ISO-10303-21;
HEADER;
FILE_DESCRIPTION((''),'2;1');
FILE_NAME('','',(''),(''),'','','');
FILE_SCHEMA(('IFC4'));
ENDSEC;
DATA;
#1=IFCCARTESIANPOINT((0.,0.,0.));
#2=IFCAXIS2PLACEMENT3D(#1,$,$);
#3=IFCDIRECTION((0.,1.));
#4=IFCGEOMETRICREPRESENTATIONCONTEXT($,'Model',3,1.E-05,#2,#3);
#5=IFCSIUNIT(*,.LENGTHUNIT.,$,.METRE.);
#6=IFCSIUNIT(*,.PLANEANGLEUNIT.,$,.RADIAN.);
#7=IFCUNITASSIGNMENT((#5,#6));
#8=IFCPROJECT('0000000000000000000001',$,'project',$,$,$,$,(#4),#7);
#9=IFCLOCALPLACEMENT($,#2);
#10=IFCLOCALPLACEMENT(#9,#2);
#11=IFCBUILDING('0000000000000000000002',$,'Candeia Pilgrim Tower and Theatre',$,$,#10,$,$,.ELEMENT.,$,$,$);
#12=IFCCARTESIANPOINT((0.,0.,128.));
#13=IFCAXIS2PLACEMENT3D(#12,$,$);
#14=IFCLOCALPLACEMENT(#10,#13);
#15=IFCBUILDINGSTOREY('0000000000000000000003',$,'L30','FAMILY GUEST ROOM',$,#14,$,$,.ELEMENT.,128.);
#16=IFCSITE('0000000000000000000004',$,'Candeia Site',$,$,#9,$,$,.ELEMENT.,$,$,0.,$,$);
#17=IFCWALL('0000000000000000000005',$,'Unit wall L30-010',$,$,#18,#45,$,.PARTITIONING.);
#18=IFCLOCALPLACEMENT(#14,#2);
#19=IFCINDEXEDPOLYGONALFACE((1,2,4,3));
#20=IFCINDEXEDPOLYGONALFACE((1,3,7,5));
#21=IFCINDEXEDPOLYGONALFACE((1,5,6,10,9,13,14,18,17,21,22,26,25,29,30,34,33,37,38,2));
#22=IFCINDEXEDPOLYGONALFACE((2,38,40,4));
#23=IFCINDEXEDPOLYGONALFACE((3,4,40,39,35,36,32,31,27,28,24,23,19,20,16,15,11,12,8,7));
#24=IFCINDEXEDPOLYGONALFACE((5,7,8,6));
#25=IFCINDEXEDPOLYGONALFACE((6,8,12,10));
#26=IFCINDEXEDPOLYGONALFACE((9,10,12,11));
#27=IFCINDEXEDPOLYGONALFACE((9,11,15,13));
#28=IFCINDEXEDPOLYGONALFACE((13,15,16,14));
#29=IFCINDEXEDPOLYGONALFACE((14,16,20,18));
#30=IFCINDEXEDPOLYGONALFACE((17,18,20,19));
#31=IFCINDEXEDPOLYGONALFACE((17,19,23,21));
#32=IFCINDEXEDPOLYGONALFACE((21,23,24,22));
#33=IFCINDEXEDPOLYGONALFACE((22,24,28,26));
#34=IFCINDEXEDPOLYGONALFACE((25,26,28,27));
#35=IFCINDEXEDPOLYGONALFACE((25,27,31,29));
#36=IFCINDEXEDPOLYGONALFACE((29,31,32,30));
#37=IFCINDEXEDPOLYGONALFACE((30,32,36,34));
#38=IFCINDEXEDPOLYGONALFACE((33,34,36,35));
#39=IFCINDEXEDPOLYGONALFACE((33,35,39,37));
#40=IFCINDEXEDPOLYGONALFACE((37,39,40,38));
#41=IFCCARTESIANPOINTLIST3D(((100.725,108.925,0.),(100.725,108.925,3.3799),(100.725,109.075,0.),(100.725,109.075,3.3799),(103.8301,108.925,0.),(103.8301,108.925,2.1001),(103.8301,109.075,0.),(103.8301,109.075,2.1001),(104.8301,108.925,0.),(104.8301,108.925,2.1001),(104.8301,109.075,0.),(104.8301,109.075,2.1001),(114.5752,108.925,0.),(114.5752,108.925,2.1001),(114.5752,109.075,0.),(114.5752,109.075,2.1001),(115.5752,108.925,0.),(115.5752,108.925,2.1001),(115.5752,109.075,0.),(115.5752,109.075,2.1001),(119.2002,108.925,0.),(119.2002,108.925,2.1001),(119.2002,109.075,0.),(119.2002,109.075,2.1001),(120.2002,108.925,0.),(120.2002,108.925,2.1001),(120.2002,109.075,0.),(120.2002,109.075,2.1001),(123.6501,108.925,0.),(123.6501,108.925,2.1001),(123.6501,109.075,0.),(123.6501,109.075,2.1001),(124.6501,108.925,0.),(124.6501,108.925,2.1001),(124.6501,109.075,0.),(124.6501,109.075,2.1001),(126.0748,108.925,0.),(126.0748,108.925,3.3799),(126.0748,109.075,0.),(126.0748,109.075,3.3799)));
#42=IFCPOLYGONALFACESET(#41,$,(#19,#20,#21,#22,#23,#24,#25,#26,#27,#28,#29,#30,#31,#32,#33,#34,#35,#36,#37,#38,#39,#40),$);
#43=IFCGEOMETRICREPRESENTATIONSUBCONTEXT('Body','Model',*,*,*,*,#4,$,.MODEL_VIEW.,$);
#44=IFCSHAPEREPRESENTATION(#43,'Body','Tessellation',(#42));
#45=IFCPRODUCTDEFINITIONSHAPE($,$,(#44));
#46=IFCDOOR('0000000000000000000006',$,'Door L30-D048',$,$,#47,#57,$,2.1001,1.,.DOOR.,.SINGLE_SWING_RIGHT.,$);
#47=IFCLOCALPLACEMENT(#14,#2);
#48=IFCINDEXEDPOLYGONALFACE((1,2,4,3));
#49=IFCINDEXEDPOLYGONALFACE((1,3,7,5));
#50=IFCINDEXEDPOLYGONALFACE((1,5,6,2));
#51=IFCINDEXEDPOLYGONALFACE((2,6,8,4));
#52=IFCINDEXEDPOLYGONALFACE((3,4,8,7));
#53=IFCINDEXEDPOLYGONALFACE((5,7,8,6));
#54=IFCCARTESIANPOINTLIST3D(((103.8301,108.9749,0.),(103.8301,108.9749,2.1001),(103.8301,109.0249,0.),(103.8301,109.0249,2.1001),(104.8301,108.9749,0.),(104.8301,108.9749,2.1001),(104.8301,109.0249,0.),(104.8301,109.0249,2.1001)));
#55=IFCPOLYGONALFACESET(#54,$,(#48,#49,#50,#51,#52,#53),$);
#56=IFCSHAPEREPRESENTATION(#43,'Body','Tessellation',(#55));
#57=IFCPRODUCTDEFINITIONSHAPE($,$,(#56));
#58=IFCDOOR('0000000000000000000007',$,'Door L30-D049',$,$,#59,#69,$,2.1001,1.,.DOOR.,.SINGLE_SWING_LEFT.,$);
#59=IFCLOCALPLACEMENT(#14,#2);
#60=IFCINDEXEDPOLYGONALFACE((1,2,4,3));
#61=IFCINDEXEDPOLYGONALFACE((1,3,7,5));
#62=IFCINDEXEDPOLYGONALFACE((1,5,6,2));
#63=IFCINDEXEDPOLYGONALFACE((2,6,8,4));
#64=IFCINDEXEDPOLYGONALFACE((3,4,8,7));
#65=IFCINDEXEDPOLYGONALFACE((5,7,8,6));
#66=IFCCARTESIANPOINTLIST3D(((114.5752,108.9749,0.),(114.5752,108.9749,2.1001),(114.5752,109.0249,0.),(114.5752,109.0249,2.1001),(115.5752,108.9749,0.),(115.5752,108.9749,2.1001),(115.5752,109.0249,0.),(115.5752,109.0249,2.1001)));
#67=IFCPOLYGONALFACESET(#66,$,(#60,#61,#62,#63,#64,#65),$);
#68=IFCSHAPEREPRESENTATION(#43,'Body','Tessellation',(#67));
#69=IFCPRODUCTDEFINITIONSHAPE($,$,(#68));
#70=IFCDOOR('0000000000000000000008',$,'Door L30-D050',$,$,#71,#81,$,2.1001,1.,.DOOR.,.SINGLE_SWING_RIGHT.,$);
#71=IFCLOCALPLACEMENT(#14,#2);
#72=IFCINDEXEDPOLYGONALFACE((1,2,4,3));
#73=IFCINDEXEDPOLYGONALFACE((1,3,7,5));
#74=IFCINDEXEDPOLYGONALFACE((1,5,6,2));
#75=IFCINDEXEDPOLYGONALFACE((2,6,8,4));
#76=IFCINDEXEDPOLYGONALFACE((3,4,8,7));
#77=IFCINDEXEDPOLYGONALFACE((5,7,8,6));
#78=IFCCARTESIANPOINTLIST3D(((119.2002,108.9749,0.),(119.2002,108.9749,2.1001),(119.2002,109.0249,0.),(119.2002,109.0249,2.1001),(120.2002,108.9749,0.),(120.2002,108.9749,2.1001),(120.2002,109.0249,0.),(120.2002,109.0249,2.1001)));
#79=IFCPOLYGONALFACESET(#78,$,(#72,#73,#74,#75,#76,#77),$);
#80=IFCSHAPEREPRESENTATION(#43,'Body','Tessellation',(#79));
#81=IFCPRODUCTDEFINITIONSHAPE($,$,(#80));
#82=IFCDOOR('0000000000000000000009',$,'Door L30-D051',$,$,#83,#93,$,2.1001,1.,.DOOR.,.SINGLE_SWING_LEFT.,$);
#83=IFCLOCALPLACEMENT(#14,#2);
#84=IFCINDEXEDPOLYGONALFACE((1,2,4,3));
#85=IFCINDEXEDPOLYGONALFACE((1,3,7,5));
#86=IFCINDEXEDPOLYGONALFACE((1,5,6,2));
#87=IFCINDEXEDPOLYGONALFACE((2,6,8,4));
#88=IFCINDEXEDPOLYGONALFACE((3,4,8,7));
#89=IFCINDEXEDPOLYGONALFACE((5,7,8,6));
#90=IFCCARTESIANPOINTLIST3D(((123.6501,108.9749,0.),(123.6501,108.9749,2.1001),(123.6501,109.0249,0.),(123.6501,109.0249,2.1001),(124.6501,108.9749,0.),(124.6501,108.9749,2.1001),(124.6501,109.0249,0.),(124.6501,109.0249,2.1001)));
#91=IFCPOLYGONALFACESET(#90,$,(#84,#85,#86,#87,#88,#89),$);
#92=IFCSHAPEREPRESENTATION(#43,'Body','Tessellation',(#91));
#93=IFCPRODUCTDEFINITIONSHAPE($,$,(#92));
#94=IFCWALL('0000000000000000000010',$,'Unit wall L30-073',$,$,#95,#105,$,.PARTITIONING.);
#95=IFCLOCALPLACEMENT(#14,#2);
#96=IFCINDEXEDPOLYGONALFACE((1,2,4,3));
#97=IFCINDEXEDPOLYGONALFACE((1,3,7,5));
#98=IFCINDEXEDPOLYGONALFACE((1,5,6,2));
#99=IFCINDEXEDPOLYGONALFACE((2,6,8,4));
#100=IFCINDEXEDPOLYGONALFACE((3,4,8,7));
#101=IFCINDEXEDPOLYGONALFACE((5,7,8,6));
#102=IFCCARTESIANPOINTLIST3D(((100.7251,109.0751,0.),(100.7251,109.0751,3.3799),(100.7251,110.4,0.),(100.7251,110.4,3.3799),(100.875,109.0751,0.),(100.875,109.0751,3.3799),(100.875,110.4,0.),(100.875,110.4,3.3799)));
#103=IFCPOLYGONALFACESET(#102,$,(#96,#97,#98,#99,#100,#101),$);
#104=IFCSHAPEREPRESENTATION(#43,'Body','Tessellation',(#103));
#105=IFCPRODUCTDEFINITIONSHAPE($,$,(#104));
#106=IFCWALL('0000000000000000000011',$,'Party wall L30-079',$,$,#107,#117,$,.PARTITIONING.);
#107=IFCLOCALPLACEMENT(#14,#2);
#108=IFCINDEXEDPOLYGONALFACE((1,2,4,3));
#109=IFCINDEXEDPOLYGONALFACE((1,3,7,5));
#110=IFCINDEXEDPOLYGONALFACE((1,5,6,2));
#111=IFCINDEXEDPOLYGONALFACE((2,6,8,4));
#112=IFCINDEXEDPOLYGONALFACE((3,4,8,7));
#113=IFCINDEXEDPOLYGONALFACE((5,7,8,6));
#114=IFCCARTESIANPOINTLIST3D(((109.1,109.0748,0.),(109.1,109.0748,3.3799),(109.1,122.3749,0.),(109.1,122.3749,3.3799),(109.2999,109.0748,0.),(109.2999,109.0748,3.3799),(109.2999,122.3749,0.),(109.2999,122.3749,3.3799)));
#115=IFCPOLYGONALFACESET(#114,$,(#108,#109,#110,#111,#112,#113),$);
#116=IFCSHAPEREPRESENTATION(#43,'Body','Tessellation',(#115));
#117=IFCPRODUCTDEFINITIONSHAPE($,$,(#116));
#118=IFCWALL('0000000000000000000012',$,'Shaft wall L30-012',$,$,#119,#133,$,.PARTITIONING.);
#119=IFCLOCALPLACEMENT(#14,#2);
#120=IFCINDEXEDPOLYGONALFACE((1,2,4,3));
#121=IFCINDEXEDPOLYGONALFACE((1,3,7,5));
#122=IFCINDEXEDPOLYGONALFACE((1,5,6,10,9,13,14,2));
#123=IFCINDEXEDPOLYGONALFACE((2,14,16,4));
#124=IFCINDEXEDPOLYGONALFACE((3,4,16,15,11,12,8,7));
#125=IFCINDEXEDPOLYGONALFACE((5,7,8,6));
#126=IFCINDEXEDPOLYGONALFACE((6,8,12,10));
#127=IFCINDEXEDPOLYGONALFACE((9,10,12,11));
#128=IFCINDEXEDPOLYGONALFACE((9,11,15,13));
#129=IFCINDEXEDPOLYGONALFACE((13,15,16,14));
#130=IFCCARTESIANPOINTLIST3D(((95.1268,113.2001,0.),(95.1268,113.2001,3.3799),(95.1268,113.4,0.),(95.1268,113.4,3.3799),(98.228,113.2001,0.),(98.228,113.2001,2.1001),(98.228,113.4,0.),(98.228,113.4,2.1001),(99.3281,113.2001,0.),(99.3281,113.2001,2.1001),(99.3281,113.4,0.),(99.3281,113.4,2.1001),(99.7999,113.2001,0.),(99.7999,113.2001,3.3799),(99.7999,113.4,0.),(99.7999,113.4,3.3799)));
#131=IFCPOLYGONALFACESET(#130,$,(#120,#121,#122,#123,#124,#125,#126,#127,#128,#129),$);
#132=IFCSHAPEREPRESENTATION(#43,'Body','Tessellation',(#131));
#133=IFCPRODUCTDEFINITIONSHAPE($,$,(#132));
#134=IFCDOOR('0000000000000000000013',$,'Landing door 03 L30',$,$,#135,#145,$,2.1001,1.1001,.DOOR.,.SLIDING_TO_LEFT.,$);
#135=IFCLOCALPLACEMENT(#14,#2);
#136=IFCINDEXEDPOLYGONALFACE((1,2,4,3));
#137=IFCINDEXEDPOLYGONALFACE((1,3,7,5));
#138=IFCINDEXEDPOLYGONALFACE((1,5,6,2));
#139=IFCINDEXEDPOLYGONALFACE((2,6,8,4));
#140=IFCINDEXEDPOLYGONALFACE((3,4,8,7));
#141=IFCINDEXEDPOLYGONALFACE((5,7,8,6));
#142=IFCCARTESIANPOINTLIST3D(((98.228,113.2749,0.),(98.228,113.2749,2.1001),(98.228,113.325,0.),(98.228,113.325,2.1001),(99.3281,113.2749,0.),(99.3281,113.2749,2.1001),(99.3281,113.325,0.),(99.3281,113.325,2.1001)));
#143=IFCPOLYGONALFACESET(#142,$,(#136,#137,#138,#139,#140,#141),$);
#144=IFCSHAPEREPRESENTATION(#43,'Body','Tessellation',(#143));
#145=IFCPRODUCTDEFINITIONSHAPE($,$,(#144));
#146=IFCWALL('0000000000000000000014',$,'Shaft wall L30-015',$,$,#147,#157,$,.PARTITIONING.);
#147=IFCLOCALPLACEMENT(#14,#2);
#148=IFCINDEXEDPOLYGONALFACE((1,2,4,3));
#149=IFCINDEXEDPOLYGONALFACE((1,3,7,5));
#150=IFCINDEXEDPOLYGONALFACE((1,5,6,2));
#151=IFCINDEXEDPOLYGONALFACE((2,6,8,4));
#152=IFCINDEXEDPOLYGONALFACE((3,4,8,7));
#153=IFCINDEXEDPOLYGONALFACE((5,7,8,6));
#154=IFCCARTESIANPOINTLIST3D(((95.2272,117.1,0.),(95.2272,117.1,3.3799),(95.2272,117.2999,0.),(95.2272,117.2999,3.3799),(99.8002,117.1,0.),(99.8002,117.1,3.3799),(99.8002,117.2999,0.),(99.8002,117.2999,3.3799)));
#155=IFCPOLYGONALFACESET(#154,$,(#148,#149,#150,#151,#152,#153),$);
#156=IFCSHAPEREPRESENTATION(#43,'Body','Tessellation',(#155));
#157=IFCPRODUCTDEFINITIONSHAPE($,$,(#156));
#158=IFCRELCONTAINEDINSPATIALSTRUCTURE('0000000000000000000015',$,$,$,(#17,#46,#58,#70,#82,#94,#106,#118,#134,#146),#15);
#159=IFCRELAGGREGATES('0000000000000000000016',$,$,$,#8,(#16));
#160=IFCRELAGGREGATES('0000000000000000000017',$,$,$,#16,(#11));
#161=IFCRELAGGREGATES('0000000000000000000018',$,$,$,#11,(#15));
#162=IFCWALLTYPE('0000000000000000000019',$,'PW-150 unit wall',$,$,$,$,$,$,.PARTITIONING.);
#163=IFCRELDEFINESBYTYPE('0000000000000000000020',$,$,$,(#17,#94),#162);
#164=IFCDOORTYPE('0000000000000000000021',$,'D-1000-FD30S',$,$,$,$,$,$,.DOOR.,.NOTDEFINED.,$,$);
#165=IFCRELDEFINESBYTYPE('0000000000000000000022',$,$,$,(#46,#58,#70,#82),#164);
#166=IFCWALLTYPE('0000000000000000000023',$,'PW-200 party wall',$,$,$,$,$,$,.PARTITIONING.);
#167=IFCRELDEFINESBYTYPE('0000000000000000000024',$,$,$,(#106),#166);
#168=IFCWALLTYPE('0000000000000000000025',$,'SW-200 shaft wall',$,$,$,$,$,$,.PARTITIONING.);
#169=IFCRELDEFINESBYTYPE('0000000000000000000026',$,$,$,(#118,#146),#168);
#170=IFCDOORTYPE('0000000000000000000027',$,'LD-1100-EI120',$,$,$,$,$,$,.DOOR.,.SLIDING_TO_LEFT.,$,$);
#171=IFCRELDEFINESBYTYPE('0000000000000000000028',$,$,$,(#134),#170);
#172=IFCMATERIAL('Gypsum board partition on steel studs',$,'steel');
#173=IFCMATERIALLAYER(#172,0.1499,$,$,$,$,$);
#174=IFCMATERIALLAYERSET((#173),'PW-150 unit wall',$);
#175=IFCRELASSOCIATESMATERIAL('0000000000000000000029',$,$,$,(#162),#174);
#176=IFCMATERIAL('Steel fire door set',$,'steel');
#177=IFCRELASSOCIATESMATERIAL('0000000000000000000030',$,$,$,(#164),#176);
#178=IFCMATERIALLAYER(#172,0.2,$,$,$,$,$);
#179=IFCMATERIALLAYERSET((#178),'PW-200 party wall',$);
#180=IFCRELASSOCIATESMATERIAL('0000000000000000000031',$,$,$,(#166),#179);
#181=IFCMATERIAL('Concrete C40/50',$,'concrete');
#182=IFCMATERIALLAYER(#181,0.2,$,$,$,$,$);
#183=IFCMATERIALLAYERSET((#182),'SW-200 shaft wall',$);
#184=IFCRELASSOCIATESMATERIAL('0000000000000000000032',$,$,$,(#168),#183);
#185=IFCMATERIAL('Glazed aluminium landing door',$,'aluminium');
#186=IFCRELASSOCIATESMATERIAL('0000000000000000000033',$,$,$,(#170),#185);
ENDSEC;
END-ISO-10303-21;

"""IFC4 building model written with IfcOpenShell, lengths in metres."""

from ifc_helpers import new_model, si_unit, direction, frame, frame_2d, origin, place, context, subcontext, project, spatial, rectangle, extrude, material, layer, layer_set, type_object, element, fill, save


model = new_model("IFC4")

# Units and contexts
model_context = context("Model", 3, precision=1e-05, world=origin(), true_north=direction((0.0, 1.0)))
body_context = subcontext(model_context, "Body", "Model", "MODEL_VIEW")
ifc_project = project(units=[si_unit("LENGTHUNIT", "METRE"), si_unit("PLANEANGLEUNIT", "RADIAN")], contexts=[model_context])

# Site, building, storey
site_placement = place(None, origin())
site = spatial("IfcSite", under=ifc_project, at=site_placement, Name="Candeia Site", CompositionType="ELEMENT", RefElevation=0.0)
building_placement = place(site_placement, origin())
building = spatial("IfcBuilding", under=site, at=building_placement, Name="Candeia Pilgrim Tower and Theatre", CompositionType="ELEMENT")
storey_placement = place(building_placement, frame((0.0, 0.0, 128.0)))
storey = spatial("IfcBuildingStorey", under=building, at=storey_placement, Name="L30", Description="FAMILY GUEST ROOM", CompositionType="ELEMENT", Elevation=128.0)

# Shared definitions
ifc_material_1 = material(Name="Steel fire door set", Category="steel")

# Shared definitions
ifc_material_2 = material(Name="Gypsum board partition on steel studs", Category="steel")

# Wall, openings, doors
ifc_layer_1 = layer(ifc_material_2, 0.1499)
ifc_layer_set_1 = layer_set([ifc_layer_1], Name="PW-150 unit wall")
wall_type_1 = type_object("IfcWallType", Name="PW-150 unit wall", PredefinedType="PARTITIONING", material=ifc_layer_set_1)
wall_1_placement = place(storey_placement, frame((100.7251, 109.0, 0.0), z_axis=(0.0, 0.0, 1.0), x_axis=(1.0, 0.0, 0.0)))
wall_1 = element("IfcWall", 1, at=wall_1_placement, inside=storey, type_object=wall_type_1, Name="Unit wall L30-010", PredefinedType="PARTITIONING", context=body_context, shape_type="SweptSolid", body=[
    extrude(rectangle(XDim=25.3499, YDim=0.1499, at=frame_2d((12.6748, 0.0))), origin(), (0.0, 0.0, 1.0), 3.3799),
])
opening_1_placement = place(wall_1_placement, frame((3.105, 0.0, 0.0)))
opening_1 = element("IfcOpeningElement", 2, at=opening_1_placement, cuts=wall_1, PredefinedType="OPENING", context=body_context, shape_type="SweptSolid", body=[
    extrude(rectangle(XDim=1.0, YDim=2.1001, at=frame_2d((0.5, 1.05))), frame((0.0, 0.085, 0.0), z_axis=(0.0, -1.0, 0.0), x_axis=(1.0, 0.0, 0.0)), (0.0, 0.0, 1.0), 0.1699),
])
opening_2_placement = place(wall_1_placement, frame((13.8501, 0.0, 0.0)))
opening_2 = element("IfcOpeningElement", 3, at=opening_2_placement, cuts=wall_1, PredefinedType="OPENING", context=body_context, shape_type="SweptSolid", body=[
    extrude(rectangle(XDim=1.0, YDim=2.1001, at=frame_2d((0.5, 1.05))), frame((0.0, 0.085, 0.0), z_axis=(0.0, -1.0, 0.0), x_axis=(1.0, 0.0, 0.0)), (0.0, 0.0, 1.0), 0.1699),
])
opening_3_placement = place(wall_1_placement, frame((18.4751, 0.0, 0.0)))
opening_3 = element("IfcOpeningElement", 4, at=opening_3_placement, cuts=wall_1, PredefinedType="OPENING", context=body_context, shape_type="SweptSolid", body=[
    extrude(rectangle(XDim=1.0, YDim=2.1001, at=frame_2d((0.5, 1.05))), frame((0.0, 0.085, 0.0), z_axis=(0.0, -1.0, 0.0), x_axis=(1.0, 0.0, 0.0)), (0.0, 0.0, 1.0), 0.1699),
])
opening_4_placement = place(wall_1_placement, frame((22.925, 0.0, 0.0)))
opening_4 = element("IfcOpeningElement", 5, at=opening_4_placement, cuts=wall_1, PredefinedType="OPENING", context=body_context, shape_type="SweptSolid", body=[
    extrude(rectangle(XDim=1.0, YDim=2.1001, at=frame_2d((0.5, 1.05))), frame((0.0, 0.085, 0.0), z_axis=(0.0, -1.0, 0.0), x_axis=(1.0, 0.0, 0.0)), (0.0, 0.0, 1.0), 0.1699),
])
door_type_1 = type_object("IfcDoorType", Name="D-1000-FD30S", OperationType="NOTDEFINED", PredefinedType="DOOR", material=ifc_material_1)
door_1_placement = place(opening_1_placement, origin())
door_1 = element("IfcDoor", 6, at=door_1_placement, inside=storey, type_object=door_type_1, Name="Door L30-D048", OperationType="SINGLE_SWING_RIGHT", OverallHeight=2.1001, OverallWidth=1.0, PredefinedType="DOOR", context=body_context, shape_type="SweptSolid", body=[
    extrude(rectangle(XDim=1.0, YDim=2.1001, at=frame_2d((0.5, 1.05))), frame((0.0, 0.0249, 0.0), z_axis=(0.0, -1.0, 0.0), x_axis=(1.0, 0.0, 0.0)), (0.0, 0.0, 1.0), 0.05),
])
fill(opening_1, door_1)
door_2_placement = place(opening_2_placement, origin())
door_2 = element("IfcDoor", 7, at=door_2_placement, inside=storey, type_object=door_type_1, Name="Door L30-D049", OperationType="SINGLE_SWING_LEFT", OverallHeight=2.1001, OverallWidth=1.0, PredefinedType="DOOR", context=body_context, shape_type="SweptSolid", body=[
    extrude(rectangle(XDim=1.0, YDim=2.1001, at=frame_2d((0.5, 1.05))), frame((0.0, 0.0249, 0.0), z_axis=(0.0, -1.0, 0.0), x_axis=(1.0, 0.0, 0.0)), (0.0, 0.0, 1.0), 0.05),
])
fill(opening_2, door_2)
door_3_placement = place(opening_3_placement, origin())
door_3 = element("IfcDoor", 8, at=door_3_placement, inside=storey, type_object=door_type_1, Name="Door L30-D050", OperationType="SINGLE_SWING_RIGHT", OverallHeight=2.1001, OverallWidth=1.0, PredefinedType="DOOR", context=body_context, shape_type="SweptSolid", body=[
    extrude(rectangle(XDim=1.0, YDim=2.1001, at=frame_2d((0.5, 1.05))), frame((0.0, 0.0249, 0.0), z_axis=(0.0, -1.0, 0.0), x_axis=(1.0, 0.0, 0.0)), (0.0, 0.0, 1.0), 0.05),
])
fill(opening_3, door_3)
door_4_placement = place(opening_4_placement, origin())
door_4 = element("IfcDoor", 9, at=door_4_placement, inside=storey, type_object=door_type_1, Name="Door L30-D051", OperationType="SINGLE_SWING_LEFT", OverallHeight=2.1001, OverallWidth=1.0, PredefinedType="DOOR", context=body_context, shape_type="SweptSolid", body=[
    extrude(rectangle(XDim=1.0, YDim=2.1001, at=frame_2d((0.5, 1.05))), frame((0.0, 0.0249, 0.0), z_axis=(0.0, -1.0, 0.0), x_axis=(1.0, 0.0, 0.0)), (0.0, 0.0, 1.0), 0.05),
])
fill(opening_4, door_4)

# Walls
wall_2_placement = place(storey_placement, frame((100.8, 109.075, 0.0), z_axis=(0.0, 0.0, 1.0), x_axis=(0.0, 1.0, 0.0)))
element("IfcWall", 10, at=wall_2_placement, inside=storey, type_object=wall_type_1, Name="Unit wall L30-073", PredefinedType="PARTITIONING", context=body_context, shape_type="SweptSolid", body=[
    extrude(rectangle(XDim=1.325, YDim=0.1499, at=frame_2d((0.6626, 0.0))), origin(), (0.0, 0.0, 1.0), 3.3799),
])
ifc_layer_2 = layer(ifc_material_2, 0.2)
ifc_layer_set_2 = layer_set([ifc_layer_2], Name="PW-200 party wall")
wall_type_2 = type_object("IfcWallType", Name="PW-200 party wall", PredefinedType="PARTITIONING", material=ifc_layer_set_2)
wall_3_placement = place(storey_placement, frame((109.2, 109.075, 0.0), z_axis=(0.0, 0.0, 1.0), x_axis=(0.0, 1.0, 0.0)))
element("IfcWall", 11, at=wall_3_placement, inside=storey, type_object=wall_type_2, Name="Party wall L30-079", PredefinedType="PARTITIONING", context=body_context, shape_type="SweptSolid", body=[
    extrude(rectangle(XDim=13.3, YDim=0.2, at=frame_2d((6.6499, 0.0))), origin(), (0.0, 0.0, 1.0), 3.3799),
])

# Wall, opening, door
ifc_material_3 = material(Name="Concrete C40/50", Category="concrete")
ifc_layer_3 = layer(ifc_material_3, 0.2)
ifc_layer_set_3 = layer_set([ifc_layer_3], Name="SW-200 shaft wall")
wall_type_3 = type_object("IfcWallType", Name="SW-200 shaft wall", PredefinedType="PARTITIONING", material=ifc_layer_set_3)
wall_4_placement = place(storey_placement, frame((95.127, 113.3, 0.0), z_axis=(0.0, 0.0, 1.0), x_axis=(1.0, 0.0, 0.0)))
wall_4 = element("IfcWall", 12, at=wall_4_placement, inside=storey, type_object=wall_type_3, Name="Shaft wall L30-012", PredefinedType="PARTITIONING", context=body_context, shape_type="SweptSolid", body=[
    extrude(rectangle(XDim=4.6731, YDim=0.2, at=frame_2d((2.3364, 0.0))), origin(), (0.0, 0.0, 1.0), 3.3799),
])
opening_5_placement = place(wall_4_placement, frame((3.1011, 0.0, 0.0)))
opening_5 = element("IfcOpeningElement", 13, at=opening_5_placement, cuts=wall_4, PredefinedType="OPENING", context=body_context, shape_type="SweptSolid", body=[
    extrude(rectangle(XDim=1.1001, YDim=2.1001, at=frame_2d((0.55, 1.05))), frame((0.0, 0.1099, 0.0), z_axis=(0.0, -1.0, 0.0), x_axis=(1.0, 0.0, 0.0)), (0.0, 0.0, 1.0), 0.22),
])
ifc_material_4 = material(Name="Glazed aluminium landing door", Category="aluminium")
door_type_2 = type_object("IfcDoorType", Name="LD-1100-EI120", OperationType="SLIDING_TO_LEFT", PredefinedType="DOOR", material=ifc_material_4)
door_5_placement = place(opening_5_placement, origin())
door_5 = element("IfcDoor", 14, at=door_5_placement, inside=storey, type_object=door_type_2, Name="Landing door 03 L30", OperationType="SLIDING_TO_LEFT", OverallHeight=2.1001, OverallWidth=1.1001, PredefinedType="DOOR", context=body_context, shape_type="SweptSolid", body=[
    extrude(rectangle(XDim=1.1001, YDim=2.1001, at=frame_2d((0.55, 1.05))), frame((0.0, 0.0249, 0.0), z_axis=(0.0, -1.0, 0.0), x_axis=(1.0, 0.0, 0.0)), (0.0, 0.0, 1.0), 0.05),
])
fill(opening_5, door_5)

# Wall
wall_5_placement = place(storey_placement, frame((95.2271, 117.2, 0.0), z_axis=(0.0, 0.0, 1.0), x_axis=(1.0, 0.0, 0.0)))
element("IfcWall", 15, at=wall_5_placement, inside=storey, type_object=wall_type_3, Name="Shaft wall L30-015", PredefinedType="PARTITIONING", context=body_context, shape_type="SweptSolid", body=[
    extrude(rectangle(XDim=4.573, YDim=0.2, at=frame_2d((2.2866, 0.0))), origin(), (0.0, 0.0, 1.0), 3.3799),
])

save(model, "model.ifc")
